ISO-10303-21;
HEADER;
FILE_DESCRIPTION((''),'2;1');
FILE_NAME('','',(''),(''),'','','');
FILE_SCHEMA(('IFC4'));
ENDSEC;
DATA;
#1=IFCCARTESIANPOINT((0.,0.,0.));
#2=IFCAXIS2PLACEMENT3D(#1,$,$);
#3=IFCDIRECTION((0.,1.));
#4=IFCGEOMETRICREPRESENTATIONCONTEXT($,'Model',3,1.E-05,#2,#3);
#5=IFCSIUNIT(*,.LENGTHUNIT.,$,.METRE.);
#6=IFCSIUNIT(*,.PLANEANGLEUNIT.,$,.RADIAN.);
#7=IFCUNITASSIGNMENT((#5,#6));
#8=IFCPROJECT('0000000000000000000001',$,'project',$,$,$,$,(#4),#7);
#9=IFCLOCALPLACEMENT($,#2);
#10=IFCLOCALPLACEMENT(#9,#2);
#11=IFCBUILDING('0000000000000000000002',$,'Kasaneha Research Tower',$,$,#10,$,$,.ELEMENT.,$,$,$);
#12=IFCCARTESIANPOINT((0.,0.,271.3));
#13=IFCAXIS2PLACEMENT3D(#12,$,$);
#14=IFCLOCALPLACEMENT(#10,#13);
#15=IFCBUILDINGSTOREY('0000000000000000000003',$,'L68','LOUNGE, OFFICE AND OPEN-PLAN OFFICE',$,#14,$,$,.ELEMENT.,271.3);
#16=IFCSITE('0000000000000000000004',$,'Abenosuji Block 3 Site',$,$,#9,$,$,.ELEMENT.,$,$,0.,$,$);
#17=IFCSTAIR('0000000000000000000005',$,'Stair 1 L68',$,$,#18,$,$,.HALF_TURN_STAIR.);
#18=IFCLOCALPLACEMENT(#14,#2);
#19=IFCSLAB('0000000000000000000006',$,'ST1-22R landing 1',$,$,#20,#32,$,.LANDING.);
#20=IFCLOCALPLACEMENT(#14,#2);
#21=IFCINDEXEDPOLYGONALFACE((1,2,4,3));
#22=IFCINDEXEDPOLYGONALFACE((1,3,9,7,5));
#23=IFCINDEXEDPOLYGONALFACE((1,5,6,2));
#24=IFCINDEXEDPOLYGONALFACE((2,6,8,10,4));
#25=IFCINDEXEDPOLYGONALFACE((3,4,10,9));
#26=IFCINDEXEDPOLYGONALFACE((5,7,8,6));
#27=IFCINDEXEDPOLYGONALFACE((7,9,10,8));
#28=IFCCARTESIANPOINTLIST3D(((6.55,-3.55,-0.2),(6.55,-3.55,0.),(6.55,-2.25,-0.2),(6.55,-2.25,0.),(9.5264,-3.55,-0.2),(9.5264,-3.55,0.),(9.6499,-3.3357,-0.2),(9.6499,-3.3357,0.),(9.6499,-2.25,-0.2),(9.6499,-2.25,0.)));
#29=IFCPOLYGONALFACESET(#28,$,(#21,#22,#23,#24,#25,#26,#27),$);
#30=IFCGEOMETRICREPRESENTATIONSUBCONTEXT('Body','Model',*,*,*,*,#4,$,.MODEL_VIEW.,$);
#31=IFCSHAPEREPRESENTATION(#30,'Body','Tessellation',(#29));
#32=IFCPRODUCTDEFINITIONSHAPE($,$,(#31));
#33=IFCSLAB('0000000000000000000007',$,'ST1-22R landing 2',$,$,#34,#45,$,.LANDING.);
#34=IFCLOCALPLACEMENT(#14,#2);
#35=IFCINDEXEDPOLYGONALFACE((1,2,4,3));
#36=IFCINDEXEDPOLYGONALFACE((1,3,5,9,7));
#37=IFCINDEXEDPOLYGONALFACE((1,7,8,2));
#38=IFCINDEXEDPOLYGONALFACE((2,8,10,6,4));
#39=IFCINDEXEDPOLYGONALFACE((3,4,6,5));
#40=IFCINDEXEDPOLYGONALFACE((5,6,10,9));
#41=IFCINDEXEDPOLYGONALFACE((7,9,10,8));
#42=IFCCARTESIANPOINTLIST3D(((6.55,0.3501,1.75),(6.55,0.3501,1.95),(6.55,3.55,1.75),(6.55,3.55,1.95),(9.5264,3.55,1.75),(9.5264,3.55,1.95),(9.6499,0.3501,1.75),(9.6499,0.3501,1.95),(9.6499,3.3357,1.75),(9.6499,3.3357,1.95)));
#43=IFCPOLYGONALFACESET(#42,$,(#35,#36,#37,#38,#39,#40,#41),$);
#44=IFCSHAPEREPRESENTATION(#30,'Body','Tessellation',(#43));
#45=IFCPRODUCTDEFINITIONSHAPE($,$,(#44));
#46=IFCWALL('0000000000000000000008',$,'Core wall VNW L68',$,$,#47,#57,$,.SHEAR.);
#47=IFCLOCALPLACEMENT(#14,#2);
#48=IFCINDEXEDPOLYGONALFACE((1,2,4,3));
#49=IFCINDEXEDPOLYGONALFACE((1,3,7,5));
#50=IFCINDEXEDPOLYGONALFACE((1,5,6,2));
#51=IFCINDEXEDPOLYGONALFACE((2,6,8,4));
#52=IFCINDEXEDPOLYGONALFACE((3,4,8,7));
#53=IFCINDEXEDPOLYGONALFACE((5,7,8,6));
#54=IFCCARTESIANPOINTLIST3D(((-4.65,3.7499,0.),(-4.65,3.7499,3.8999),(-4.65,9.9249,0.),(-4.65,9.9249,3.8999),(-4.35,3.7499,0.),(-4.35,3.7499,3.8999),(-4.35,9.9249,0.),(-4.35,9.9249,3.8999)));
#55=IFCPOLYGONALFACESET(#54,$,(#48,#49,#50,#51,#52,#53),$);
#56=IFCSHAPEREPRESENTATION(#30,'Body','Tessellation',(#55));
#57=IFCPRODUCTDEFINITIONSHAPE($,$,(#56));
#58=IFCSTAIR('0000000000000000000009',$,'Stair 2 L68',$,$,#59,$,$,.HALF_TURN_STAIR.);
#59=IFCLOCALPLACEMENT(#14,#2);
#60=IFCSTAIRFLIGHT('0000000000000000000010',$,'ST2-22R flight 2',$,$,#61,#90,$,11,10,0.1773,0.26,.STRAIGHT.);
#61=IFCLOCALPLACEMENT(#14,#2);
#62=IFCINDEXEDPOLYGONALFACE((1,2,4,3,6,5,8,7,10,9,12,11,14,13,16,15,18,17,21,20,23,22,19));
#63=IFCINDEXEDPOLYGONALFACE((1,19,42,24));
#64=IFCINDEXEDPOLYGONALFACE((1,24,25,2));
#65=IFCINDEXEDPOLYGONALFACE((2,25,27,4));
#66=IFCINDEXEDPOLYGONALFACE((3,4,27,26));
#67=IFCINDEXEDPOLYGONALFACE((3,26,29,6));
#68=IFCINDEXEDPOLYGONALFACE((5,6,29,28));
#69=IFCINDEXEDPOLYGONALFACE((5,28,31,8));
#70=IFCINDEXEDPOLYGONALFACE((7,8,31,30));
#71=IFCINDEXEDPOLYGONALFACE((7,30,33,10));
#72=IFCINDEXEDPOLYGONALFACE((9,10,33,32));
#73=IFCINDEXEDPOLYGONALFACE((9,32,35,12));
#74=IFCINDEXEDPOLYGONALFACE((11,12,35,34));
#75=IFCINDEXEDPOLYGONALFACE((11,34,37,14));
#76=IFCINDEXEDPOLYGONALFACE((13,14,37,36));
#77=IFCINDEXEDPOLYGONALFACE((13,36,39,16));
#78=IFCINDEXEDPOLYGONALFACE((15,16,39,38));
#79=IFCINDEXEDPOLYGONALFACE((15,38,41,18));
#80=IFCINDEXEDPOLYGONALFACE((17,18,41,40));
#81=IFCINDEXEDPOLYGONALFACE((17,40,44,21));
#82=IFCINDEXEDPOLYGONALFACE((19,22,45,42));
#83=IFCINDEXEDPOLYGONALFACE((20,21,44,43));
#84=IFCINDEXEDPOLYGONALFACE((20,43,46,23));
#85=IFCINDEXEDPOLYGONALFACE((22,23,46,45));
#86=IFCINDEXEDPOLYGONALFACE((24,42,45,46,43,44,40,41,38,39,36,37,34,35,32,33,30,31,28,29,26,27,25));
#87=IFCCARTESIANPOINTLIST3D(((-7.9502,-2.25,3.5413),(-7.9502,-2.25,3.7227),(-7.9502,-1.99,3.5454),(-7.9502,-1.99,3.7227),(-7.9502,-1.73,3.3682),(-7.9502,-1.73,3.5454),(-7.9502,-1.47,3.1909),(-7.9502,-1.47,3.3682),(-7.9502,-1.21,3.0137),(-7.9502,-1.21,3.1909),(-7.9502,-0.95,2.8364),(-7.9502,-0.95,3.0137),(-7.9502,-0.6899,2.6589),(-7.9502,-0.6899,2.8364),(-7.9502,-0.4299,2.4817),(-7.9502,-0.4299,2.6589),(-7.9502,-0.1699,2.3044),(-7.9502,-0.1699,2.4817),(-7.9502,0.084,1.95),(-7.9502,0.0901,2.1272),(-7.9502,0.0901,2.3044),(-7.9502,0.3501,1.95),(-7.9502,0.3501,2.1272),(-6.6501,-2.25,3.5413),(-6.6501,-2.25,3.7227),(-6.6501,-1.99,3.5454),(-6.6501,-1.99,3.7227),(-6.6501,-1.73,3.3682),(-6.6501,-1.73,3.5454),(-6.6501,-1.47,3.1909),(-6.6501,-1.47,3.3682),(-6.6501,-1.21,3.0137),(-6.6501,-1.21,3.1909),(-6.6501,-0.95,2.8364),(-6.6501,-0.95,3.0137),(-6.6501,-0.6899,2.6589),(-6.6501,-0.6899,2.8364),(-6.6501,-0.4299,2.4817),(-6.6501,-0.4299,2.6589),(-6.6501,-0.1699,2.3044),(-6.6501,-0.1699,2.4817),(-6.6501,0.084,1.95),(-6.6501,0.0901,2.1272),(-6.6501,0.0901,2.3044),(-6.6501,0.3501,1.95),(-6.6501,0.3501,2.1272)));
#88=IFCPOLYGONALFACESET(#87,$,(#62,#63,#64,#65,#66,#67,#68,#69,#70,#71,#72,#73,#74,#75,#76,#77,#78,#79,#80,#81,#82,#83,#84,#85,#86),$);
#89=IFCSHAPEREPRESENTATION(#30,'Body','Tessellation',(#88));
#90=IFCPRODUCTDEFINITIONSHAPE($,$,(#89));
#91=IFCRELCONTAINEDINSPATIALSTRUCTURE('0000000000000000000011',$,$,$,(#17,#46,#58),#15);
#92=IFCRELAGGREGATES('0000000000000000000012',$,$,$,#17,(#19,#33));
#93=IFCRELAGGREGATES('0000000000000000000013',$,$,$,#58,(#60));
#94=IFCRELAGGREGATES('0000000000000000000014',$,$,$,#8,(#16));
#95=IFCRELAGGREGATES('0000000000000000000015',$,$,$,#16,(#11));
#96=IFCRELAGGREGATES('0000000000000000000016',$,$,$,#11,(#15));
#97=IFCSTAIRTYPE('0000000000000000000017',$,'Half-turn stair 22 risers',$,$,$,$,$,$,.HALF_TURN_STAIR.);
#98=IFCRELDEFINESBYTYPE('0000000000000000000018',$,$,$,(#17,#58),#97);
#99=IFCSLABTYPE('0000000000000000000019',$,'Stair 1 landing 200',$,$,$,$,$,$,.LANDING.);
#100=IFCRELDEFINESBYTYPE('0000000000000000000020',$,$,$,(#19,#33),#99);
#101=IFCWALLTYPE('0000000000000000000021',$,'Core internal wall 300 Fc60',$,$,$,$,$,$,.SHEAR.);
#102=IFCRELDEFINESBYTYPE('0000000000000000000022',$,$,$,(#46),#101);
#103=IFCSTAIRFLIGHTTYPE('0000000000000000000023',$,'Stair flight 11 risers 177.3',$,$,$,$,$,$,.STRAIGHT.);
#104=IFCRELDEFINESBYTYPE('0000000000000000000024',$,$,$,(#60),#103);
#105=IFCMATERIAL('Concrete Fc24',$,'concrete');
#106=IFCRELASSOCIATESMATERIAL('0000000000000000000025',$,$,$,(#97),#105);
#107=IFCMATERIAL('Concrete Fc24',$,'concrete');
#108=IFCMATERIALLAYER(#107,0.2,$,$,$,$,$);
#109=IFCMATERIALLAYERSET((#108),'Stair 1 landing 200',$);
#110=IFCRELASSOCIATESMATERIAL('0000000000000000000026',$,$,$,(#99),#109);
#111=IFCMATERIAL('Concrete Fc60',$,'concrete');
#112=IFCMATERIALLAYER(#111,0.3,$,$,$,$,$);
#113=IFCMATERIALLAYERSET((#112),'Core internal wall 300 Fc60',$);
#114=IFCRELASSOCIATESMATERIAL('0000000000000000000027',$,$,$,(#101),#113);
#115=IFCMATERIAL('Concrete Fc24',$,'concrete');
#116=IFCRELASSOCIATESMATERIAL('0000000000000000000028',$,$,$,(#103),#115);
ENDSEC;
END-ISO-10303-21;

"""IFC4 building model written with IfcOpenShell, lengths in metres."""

from ifc_helpers import new_model, si_unit, direction, frame, frame_2d, origin, place, context, subcontext, project, spatial, polyline, rectangle, outline, extrude, material, layer, layer_set, type_object, element, aggregate, save


model = new_model("IFC4")

# Units and contexts
model_context = context("Model", 3, precision=1e-05, world=origin(), true_north=direction((0.0, 1.0)))
body_context = subcontext(model_context, "Body", "Model", "MODEL_VIEW")
ifc_project = project(units=[si_unit("LENGTHUNIT", "METRE"), si_unit("PLANEANGLEUNIT", "RADIAN")], contexts=[model_context])

# Site, building, storey
site_placement = place(None, origin())
site = spatial("IfcSite", under=ifc_project, at=site_placement, Name="Abenosuji Block 3 Site", CompositionType="ELEMENT", RefElevation=0.0)
building_placement = place(site_placement, origin())
building = spatial("IfcBuilding", under=site, at=building_placement, Name="Kasaneha Research Tower", CompositionType="ELEMENT")
storey_placement = place(building_placement, frame((0.0, 0.0, 271.3)))
storey = spatial("IfcBuildingStorey", under=building, at=storey_placement, Name="L68", Description="LOUNGE, OFFICE AND OPEN-PLAN OFFICE", CompositionType="ELEMENT", Elevation=271.3)

# Stair, slabs
ifc_material_1 = material(Name="Concrete Fc24", Category="concrete")
stair_type = type_object("IfcStairType", Name="Half-turn stair 22 risers", PredefinedType="HALF_TURN_STAIR", material=ifc_material_1)
stair_1_placement = place(storey_placement, origin())
stair_1 = element("IfcStair", 1, at=stair_1_placement, inside=storey, type_object=stair_type, Name="Stair 1 L68", PredefinedType="HALF_TURN_STAIR")
ifc_material_2 = material(Name="Concrete Fc24", Category="concrete")
ifc_layer_1 = layer(ifc_material_2, 0.2)
ifc_layer_set_1 = layer_set([ifc_layer_1], Name="Stair 1 landing 200")
slab_type = type_object("IfcSlabType", Name="Stair 1 landing 200", PredefinedType="LANDING", material=ifc_layer_set_1)
slab_1_placement = place(storey_placement, frame((0.0, 0.0, -0.2)))
slab_1 = element("IfcSlab", 2, at=slab_1_placement, type_object=slab_type, Name="ST1-22R landing 1", PredefinedType="LANDING", context=body_context, shape_type="SweptSolid", body=[
    extrude(outline(polyline([(9.5264, -3.55), (6.55, -3.55), (6.55, -2.25), (9.6499, -2.25), (9.6499, -3.3357), (9.5264, -3.55)])), origin(), (0.0, 0.0, 1.0), 0.2),
])
slab_2_placement = place(storey_placement, frame((0.0, 0.0, 1.75)))
slab_2 = element("IfcSlab", 3, at=slab_2_placement, type_object=slab_type, Name="ST1-22R landing 2", PredefinedType="LANDING", context=body_context, shape_type="SweptSolid", body=[
    extrude(outline(polyline([(6.55, 3.55), (9.5264, 3.55), (9.6499, 3.3357), (9.6499, 0.3501), (6.55, 0.3501), (6.55, 3.55)])), origin(), (0.0, 0.0, 1.0), 0.2),
])
aggregate(stair_1, [slab_1, slab_2])

# Wall
ifc_material_3 = material(Name="Concrete Fc60", Category="concrete")
ifc_layer_2 = layer(ifc_material_3, 0.3)
ifc_layer_set_2 = layer_set([ifc_layer_2], Name="Core internal wall 300 Fc60")
wall_type = type_object("IfcWallType", Name="Core internal wall 300 Fc60", PredefinedType="SHEAR", material=ifc_layer_set_2)
wall_placement = place(storey_placement, frame((-4.5, 3.75, 0.0), z_axis=(0.0, 0.0, 1.0), x_axis=(0.0, 1.0, 0.0)))
element("IfcWall", 4, at=wall_placement, inside=storey, type_object=wall_type, Name="Core wall VNW L68", PredefinedType="SHEAR", context=body_context, shape_type="SweptSolid", body=[
    extrude(rectangle(XDim=6.175, YDim=0.3, at=frame_2d((3.0874, 0.0))), origin(), (0.0, 0.0, 1.0), 3.8999),
])

# Stair, stair flight
stair_2_placement = place(storey_placement, origin())
stair_2 = element("IfcStair", 5, at=stair_2_placement, inside=storey, type_object=stair_type, Name="Stair 2 L68", PredefinedType="HALF_TURN_STAIR")
ifc_material_4 = material(Name="Concrete Fc24", Category="concrete")
stair_flight_type = type_object("IfcStairFlightType", Name="Stair flight 11 risers 177.3", PredefinedType="STRAIGHT", material=ifc_material_4)
stair_flight_placement = place(storey_placement, frame((-7.3, 0.3501, 1.95), z_axis=(0.0, 0.0, 1.0), x_axis=(0.0, -1.0, 0.0)))
stair_flight = element("IfcStairFlight", 6, at=stair_flight_placement, type_object=stair_flight_type, Name="ST2-22R flight 2", NumberOfRisers=11, NumberOfTreads=10, PredefinedType="STRAIGHT", RiserHeight=0.1773, TreadLength=0.26, context=body_context, shape_type="SweptSolid", body=[
    extrude(outline(polyline([(0.0, 0.0), (0.0, 0.1772), (0.26, 0.1772), (0.26, 0.3545), (0.52, 0.3545), (0.52, 0.5317), (0.78, 0.5317), (0.78, 0.709), (1.04, 0.709), (1.04, 0.8865), (1.3, 0.8865), (1.3, 1.0637), (1.5601, 1.0637), (1.5601, 1.241), (1.8201, 1.241), (1.8201, 1.4182), (2.0801, 1.4182), (2.0801, 1.5955), (2.3401, 1.5955), (2.3401, 1.7727), (2.6001, 1.7727), (2.6001, 1.95), (2.6001, 1.5913), (0.2661, 0.0), (0.0, 0.0)])), frame((0.0, 0.6499, 0.0), z_axis=(0.0, -1.0, 0.0), x_axis=(1.0, 0.0, 0.0)), (0.0, 0.0, 1.0), 1.3),
])
aggregate(stair_2, [stair_flight])

save(model, "model.ifc")
